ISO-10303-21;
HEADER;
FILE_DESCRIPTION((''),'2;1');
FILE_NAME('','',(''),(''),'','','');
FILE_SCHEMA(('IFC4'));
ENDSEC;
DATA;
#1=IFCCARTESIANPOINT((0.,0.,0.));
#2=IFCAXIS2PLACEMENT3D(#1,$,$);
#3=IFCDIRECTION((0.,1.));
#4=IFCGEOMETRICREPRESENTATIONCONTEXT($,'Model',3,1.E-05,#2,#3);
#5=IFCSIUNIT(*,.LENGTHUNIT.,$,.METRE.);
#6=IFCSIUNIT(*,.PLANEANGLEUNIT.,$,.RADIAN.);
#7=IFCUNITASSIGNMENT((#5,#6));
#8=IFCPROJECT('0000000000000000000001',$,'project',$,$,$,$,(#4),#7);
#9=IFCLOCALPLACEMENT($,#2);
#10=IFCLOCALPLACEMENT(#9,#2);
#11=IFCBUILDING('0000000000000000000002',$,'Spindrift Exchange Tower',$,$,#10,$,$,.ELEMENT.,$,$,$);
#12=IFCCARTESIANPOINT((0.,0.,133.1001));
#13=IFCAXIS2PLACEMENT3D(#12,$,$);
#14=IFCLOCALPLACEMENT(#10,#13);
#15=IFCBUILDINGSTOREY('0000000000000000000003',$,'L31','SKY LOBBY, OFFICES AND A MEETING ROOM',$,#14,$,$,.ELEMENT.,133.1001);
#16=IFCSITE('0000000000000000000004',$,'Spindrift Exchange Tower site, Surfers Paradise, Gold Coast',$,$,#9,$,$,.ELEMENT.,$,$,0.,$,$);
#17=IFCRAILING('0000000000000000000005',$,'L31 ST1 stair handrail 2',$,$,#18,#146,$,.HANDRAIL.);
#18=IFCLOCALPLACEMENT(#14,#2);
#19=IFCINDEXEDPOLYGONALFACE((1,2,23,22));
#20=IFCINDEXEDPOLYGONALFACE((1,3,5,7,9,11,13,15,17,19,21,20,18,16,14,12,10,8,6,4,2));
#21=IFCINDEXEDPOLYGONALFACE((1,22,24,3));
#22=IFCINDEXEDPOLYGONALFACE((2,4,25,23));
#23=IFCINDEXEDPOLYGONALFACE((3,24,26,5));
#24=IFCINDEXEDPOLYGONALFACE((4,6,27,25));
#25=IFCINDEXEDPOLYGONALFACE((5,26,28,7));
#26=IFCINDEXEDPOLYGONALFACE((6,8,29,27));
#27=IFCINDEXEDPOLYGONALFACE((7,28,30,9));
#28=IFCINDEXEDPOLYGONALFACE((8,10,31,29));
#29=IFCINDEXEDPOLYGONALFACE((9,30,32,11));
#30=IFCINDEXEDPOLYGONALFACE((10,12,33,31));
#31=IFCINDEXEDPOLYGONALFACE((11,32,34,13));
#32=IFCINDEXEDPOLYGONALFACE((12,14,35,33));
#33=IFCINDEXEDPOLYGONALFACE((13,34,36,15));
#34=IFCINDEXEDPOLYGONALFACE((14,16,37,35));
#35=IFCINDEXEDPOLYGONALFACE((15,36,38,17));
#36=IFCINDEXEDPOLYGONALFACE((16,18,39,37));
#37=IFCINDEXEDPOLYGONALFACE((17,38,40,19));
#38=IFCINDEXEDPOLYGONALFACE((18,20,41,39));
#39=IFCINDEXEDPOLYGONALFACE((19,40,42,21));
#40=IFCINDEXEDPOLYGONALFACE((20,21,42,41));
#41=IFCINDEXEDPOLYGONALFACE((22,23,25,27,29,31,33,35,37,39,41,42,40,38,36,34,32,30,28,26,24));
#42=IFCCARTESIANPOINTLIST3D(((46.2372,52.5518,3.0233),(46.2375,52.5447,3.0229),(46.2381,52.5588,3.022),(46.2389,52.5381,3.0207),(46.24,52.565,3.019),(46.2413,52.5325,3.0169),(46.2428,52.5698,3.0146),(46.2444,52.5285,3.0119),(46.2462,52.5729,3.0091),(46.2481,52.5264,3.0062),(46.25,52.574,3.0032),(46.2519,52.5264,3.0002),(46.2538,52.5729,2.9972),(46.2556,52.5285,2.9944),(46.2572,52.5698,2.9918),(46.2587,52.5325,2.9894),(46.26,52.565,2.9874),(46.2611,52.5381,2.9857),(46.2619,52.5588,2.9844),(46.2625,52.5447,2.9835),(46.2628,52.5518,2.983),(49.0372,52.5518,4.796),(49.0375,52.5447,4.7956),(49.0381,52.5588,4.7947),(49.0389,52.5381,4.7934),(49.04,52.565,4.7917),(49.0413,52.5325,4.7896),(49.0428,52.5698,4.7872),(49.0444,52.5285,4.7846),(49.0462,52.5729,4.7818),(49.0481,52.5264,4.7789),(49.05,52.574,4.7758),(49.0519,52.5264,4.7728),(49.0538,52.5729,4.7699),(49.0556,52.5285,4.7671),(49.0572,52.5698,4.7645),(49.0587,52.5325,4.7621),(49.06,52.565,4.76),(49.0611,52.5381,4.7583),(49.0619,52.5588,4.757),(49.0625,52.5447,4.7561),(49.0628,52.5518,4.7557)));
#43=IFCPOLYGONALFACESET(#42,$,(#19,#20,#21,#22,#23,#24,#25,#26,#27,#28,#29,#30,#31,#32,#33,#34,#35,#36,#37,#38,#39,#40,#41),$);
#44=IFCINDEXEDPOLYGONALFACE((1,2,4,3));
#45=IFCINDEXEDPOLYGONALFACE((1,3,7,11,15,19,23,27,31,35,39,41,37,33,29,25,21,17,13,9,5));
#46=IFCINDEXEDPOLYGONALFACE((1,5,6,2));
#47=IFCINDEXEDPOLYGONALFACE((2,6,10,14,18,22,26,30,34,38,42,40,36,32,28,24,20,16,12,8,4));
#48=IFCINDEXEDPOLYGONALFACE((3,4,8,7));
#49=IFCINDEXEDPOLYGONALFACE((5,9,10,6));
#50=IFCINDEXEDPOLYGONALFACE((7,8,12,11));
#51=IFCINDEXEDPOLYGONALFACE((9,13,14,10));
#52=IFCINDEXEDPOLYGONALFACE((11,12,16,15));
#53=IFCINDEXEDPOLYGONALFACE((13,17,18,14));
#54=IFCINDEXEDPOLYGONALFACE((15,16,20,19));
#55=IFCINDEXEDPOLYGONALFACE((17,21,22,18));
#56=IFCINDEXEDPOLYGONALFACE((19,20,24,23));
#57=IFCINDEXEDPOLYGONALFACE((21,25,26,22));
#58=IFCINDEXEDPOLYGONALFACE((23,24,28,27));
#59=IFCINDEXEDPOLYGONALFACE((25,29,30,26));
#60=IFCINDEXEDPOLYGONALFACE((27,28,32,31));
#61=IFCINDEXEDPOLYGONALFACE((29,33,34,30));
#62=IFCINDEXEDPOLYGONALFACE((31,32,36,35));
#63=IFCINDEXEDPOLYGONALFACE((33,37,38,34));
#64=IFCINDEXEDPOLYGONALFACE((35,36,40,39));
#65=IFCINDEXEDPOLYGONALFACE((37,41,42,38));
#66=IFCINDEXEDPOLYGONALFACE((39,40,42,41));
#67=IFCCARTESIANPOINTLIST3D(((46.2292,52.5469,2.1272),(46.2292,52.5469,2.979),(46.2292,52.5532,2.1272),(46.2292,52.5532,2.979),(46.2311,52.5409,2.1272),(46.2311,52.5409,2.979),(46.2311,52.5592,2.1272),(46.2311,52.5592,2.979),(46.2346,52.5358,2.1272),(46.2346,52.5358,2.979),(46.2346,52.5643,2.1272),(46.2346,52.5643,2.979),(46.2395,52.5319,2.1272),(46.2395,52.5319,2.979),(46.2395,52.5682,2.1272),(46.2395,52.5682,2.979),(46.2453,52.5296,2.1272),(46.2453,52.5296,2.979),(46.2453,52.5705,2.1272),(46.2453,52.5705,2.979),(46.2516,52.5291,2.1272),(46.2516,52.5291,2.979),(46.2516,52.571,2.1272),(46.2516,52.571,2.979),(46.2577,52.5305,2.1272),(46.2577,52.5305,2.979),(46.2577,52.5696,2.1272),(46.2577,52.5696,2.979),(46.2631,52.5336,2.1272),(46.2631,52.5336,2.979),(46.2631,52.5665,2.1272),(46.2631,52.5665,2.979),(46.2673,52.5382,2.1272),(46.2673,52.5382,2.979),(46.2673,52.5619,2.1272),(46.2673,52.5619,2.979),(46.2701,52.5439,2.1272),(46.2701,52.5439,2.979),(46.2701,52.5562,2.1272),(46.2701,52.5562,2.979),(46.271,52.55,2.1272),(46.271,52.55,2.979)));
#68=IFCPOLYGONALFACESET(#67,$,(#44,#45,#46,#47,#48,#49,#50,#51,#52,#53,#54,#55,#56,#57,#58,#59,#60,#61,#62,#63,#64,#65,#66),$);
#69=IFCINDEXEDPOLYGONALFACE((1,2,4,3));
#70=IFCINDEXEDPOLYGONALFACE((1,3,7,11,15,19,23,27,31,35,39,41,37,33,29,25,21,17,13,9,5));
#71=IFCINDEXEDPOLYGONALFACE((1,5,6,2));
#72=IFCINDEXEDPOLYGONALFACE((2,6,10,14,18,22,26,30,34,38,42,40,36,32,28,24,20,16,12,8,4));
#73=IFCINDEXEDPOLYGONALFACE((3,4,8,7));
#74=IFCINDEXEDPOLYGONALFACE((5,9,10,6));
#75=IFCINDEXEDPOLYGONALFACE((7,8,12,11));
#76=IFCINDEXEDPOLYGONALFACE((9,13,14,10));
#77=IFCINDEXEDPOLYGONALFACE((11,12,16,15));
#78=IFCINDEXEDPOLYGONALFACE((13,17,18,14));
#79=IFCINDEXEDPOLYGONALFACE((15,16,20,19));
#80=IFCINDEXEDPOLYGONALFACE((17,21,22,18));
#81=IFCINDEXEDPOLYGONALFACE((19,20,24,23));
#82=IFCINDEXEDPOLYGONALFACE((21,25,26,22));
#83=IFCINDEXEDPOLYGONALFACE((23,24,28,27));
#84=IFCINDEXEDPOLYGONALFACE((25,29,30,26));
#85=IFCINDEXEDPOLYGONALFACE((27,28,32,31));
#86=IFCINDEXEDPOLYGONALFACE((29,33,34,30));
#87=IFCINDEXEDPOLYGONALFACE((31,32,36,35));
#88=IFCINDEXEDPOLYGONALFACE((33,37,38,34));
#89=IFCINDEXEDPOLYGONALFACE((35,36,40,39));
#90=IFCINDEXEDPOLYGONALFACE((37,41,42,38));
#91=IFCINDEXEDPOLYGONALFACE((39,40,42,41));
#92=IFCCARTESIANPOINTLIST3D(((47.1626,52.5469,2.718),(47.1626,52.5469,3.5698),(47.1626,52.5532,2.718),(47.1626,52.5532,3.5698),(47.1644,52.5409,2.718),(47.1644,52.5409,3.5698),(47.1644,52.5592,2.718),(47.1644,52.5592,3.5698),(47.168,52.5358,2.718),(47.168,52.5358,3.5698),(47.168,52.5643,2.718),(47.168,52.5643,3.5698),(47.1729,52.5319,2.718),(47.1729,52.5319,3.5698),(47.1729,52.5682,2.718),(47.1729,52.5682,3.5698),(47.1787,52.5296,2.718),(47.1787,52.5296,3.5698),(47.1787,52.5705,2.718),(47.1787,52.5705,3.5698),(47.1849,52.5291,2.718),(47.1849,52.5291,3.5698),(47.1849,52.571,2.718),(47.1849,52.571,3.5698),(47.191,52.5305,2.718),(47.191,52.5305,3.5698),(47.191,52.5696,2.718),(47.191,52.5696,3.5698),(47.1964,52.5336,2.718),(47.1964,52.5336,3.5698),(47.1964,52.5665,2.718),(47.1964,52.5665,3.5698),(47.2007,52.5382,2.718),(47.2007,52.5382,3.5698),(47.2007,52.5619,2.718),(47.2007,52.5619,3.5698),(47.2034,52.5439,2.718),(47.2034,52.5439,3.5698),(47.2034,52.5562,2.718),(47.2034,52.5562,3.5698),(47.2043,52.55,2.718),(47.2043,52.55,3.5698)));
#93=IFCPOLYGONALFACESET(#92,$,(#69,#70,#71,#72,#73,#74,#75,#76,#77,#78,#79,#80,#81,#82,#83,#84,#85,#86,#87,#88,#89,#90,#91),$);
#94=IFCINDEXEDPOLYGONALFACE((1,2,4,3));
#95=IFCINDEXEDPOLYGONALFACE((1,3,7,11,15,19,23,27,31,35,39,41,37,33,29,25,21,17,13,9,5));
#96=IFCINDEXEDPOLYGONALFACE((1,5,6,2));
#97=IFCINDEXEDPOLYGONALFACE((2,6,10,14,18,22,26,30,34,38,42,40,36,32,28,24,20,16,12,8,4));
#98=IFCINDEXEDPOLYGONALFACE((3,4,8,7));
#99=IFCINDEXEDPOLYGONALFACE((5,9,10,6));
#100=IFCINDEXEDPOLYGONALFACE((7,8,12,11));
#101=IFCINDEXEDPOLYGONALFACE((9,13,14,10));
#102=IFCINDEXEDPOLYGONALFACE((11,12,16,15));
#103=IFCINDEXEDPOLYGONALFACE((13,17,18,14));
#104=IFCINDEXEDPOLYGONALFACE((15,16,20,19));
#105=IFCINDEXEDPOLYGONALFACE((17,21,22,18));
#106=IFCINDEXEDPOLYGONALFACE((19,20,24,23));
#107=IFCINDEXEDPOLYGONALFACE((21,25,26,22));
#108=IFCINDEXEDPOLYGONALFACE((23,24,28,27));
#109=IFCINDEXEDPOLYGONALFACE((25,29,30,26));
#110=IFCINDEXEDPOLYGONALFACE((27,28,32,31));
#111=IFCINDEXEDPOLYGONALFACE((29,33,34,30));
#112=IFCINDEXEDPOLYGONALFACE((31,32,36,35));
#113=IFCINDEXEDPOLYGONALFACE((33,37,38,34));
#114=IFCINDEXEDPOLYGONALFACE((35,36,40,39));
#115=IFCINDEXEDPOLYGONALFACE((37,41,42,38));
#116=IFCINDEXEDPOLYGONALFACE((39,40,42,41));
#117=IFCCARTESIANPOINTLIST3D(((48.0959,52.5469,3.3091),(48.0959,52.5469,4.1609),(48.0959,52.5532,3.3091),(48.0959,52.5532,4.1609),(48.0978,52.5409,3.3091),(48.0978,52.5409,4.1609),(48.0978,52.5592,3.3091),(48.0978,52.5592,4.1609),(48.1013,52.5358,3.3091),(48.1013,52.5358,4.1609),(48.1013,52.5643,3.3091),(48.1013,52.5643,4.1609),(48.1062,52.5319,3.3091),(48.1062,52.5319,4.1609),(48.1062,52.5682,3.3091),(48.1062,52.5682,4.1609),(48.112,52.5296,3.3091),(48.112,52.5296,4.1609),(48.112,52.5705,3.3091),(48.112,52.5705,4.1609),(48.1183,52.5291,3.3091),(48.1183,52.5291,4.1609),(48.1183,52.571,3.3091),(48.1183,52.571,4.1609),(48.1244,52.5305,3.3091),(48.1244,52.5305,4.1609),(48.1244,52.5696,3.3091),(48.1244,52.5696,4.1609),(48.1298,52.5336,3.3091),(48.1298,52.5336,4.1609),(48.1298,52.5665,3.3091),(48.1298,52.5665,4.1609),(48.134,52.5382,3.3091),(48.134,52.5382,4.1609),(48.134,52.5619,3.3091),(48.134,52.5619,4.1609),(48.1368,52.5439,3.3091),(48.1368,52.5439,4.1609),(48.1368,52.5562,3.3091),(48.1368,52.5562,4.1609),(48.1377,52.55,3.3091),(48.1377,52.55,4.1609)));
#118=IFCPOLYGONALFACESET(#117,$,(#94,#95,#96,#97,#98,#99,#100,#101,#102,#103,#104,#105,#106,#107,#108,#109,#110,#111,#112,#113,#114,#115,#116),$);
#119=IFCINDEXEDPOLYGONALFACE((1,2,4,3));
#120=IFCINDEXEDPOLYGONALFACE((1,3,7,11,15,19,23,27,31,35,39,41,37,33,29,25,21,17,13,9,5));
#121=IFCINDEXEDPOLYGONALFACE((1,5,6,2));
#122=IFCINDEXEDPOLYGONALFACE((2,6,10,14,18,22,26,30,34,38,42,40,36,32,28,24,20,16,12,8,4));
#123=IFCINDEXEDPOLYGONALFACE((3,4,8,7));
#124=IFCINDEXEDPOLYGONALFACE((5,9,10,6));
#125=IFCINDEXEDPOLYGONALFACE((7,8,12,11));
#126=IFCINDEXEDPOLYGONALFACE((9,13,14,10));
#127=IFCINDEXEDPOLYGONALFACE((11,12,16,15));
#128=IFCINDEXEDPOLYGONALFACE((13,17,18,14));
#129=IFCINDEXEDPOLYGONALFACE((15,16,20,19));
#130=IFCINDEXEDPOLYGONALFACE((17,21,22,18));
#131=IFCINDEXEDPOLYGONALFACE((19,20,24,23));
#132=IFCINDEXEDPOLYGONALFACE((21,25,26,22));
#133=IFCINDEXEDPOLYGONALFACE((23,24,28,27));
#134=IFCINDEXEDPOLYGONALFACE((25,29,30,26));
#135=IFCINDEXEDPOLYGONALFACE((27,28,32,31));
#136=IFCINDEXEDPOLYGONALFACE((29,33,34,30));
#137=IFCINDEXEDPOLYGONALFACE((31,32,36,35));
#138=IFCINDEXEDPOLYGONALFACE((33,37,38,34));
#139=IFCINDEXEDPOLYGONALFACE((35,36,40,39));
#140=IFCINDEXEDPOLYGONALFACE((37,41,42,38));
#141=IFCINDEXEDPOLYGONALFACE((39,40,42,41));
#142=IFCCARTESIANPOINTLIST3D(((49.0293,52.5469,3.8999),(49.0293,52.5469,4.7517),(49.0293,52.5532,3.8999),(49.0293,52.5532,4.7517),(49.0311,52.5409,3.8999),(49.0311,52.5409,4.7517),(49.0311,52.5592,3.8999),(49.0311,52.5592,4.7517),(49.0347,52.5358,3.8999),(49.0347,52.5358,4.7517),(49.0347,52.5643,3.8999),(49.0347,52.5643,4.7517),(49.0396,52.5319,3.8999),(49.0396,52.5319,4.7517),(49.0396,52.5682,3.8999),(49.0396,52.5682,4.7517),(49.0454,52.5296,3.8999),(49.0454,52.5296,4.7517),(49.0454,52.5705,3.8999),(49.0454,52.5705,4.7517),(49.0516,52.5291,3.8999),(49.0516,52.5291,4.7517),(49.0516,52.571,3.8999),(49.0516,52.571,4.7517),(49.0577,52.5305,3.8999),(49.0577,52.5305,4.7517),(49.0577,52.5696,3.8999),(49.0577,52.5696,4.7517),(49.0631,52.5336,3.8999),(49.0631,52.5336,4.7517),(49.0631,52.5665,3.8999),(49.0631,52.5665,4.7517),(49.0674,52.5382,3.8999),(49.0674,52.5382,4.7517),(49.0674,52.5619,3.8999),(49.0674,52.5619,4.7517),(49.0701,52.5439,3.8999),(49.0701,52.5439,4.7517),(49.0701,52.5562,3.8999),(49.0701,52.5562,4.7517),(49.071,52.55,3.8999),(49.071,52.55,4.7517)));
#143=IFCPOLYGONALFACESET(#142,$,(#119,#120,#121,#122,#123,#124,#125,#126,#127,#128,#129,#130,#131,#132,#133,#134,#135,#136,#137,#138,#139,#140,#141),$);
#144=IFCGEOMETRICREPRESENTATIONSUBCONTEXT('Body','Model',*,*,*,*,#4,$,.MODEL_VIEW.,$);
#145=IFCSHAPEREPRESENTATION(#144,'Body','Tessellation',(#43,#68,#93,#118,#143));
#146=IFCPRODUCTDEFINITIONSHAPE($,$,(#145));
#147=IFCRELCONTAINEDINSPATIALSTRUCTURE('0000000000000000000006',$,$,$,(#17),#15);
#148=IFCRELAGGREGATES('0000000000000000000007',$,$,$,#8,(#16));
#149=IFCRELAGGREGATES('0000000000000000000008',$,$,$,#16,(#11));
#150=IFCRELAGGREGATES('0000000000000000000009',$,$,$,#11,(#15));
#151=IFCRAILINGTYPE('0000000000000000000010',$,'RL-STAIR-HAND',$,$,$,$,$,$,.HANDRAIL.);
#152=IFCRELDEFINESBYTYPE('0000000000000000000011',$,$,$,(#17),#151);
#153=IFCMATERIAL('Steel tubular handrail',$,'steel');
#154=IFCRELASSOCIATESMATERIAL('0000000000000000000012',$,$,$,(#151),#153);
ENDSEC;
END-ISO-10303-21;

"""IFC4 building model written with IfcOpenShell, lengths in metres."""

from ifc_helpers import new_model, si_unit, direction, frame, origin, origin_2d, place, context, subcontext, project, spatial, circle, extrude, material, type_object, element, save


model = new_model("IFC4")

# Units and contexts
model_context = context("Model", 3, precision=1e-05, world=origin(), true_north=direction((0.0, 1.0)))
body_context = subcontext(model_context, "Body", "Model", "MODEL_VIEW")
ifc_project = project(units=[si_unit("LENGTHUNIT", "METRE"), si_unit("PLANEANGLEUNIT", "RADIAN")], contexts=[model_context])

# Site, building, storey
site_placement = place(None, origin())
site = spatial("IfcSite", under=ifc_project, at=site_placement, Name="Spindrift Exchange Tower site, Surfers Paradise, Gold Coast", CompositionType="ELEMENT", RefElevation=0.0)
building_placement = place(site_placement, origin())
building = spatial("IfcBuilding", under=site, at=building_placement, Name="Spindrift Exchange Tower", CompositionType="ELEMENT")
storey_placement = place(building_placement, frame((0.0, 0.0, 133.1001)))
storey = spatial("IfcBuildingStorey", under=building, at=storey_placement, Name="L31", Description="SKY LOBBY, OFFICES AND A MEETING ROOM", CompositionType="ELEMENT", Elevation=133.1001)

# Railing
ifc_material_1 = material(Name="Steel tubular handrail", Category="steel")
railing_type_1 = type_object("IfcRailingType", Name="RL-STAIR-HAND", PredefinedType="HANDRAIL", material=ifc_material_1)
railing_1_placement = place(storey_placement, frame((46.25, 52.55, 2.1272)))
element("IfcRailing", 1, at=railing_1_placement, inside=storey, type_object=railing_type_1, Name="L31 ST1 stair handrail 2", PredefinedType="HANDRAIL", context=body_context, shape_type="SweptSolid", body=[
    extrude(circle(Radius=0.0239, at=origin_2d()), frame((0.0, 0.0, 0.876), z_axis=(0.844909, 0.0, 0.53491), x_axis=(0.0, 1.0, 0.0)), (0.0, 0.0, 1.0), 3.314),
    extrude(circle(Radius=0.021, at=origin_2d()), origin(), (0.0, 0.0, 1.0), 0.8518),
    extrude(circle(Radius=0.021, at=origin_2d()), frame((0.9333, 0.0, 0.5908)), (0.0, 0.0, 1.0), 0.8518),
    extrude(circle(Radius=0.021, at=origin_2d()), frame((1.8667, 0.0, 1.1819)), (0.0, 0.0, 1.0), 0.8518),
    extrude(circle(Radius=0.021, at=origin_2d()), frame((2.8, 0.0, 1.7727)), (0.0, 0.0, 1.0), 0.8518),
])

save(model, "model.ifc")
